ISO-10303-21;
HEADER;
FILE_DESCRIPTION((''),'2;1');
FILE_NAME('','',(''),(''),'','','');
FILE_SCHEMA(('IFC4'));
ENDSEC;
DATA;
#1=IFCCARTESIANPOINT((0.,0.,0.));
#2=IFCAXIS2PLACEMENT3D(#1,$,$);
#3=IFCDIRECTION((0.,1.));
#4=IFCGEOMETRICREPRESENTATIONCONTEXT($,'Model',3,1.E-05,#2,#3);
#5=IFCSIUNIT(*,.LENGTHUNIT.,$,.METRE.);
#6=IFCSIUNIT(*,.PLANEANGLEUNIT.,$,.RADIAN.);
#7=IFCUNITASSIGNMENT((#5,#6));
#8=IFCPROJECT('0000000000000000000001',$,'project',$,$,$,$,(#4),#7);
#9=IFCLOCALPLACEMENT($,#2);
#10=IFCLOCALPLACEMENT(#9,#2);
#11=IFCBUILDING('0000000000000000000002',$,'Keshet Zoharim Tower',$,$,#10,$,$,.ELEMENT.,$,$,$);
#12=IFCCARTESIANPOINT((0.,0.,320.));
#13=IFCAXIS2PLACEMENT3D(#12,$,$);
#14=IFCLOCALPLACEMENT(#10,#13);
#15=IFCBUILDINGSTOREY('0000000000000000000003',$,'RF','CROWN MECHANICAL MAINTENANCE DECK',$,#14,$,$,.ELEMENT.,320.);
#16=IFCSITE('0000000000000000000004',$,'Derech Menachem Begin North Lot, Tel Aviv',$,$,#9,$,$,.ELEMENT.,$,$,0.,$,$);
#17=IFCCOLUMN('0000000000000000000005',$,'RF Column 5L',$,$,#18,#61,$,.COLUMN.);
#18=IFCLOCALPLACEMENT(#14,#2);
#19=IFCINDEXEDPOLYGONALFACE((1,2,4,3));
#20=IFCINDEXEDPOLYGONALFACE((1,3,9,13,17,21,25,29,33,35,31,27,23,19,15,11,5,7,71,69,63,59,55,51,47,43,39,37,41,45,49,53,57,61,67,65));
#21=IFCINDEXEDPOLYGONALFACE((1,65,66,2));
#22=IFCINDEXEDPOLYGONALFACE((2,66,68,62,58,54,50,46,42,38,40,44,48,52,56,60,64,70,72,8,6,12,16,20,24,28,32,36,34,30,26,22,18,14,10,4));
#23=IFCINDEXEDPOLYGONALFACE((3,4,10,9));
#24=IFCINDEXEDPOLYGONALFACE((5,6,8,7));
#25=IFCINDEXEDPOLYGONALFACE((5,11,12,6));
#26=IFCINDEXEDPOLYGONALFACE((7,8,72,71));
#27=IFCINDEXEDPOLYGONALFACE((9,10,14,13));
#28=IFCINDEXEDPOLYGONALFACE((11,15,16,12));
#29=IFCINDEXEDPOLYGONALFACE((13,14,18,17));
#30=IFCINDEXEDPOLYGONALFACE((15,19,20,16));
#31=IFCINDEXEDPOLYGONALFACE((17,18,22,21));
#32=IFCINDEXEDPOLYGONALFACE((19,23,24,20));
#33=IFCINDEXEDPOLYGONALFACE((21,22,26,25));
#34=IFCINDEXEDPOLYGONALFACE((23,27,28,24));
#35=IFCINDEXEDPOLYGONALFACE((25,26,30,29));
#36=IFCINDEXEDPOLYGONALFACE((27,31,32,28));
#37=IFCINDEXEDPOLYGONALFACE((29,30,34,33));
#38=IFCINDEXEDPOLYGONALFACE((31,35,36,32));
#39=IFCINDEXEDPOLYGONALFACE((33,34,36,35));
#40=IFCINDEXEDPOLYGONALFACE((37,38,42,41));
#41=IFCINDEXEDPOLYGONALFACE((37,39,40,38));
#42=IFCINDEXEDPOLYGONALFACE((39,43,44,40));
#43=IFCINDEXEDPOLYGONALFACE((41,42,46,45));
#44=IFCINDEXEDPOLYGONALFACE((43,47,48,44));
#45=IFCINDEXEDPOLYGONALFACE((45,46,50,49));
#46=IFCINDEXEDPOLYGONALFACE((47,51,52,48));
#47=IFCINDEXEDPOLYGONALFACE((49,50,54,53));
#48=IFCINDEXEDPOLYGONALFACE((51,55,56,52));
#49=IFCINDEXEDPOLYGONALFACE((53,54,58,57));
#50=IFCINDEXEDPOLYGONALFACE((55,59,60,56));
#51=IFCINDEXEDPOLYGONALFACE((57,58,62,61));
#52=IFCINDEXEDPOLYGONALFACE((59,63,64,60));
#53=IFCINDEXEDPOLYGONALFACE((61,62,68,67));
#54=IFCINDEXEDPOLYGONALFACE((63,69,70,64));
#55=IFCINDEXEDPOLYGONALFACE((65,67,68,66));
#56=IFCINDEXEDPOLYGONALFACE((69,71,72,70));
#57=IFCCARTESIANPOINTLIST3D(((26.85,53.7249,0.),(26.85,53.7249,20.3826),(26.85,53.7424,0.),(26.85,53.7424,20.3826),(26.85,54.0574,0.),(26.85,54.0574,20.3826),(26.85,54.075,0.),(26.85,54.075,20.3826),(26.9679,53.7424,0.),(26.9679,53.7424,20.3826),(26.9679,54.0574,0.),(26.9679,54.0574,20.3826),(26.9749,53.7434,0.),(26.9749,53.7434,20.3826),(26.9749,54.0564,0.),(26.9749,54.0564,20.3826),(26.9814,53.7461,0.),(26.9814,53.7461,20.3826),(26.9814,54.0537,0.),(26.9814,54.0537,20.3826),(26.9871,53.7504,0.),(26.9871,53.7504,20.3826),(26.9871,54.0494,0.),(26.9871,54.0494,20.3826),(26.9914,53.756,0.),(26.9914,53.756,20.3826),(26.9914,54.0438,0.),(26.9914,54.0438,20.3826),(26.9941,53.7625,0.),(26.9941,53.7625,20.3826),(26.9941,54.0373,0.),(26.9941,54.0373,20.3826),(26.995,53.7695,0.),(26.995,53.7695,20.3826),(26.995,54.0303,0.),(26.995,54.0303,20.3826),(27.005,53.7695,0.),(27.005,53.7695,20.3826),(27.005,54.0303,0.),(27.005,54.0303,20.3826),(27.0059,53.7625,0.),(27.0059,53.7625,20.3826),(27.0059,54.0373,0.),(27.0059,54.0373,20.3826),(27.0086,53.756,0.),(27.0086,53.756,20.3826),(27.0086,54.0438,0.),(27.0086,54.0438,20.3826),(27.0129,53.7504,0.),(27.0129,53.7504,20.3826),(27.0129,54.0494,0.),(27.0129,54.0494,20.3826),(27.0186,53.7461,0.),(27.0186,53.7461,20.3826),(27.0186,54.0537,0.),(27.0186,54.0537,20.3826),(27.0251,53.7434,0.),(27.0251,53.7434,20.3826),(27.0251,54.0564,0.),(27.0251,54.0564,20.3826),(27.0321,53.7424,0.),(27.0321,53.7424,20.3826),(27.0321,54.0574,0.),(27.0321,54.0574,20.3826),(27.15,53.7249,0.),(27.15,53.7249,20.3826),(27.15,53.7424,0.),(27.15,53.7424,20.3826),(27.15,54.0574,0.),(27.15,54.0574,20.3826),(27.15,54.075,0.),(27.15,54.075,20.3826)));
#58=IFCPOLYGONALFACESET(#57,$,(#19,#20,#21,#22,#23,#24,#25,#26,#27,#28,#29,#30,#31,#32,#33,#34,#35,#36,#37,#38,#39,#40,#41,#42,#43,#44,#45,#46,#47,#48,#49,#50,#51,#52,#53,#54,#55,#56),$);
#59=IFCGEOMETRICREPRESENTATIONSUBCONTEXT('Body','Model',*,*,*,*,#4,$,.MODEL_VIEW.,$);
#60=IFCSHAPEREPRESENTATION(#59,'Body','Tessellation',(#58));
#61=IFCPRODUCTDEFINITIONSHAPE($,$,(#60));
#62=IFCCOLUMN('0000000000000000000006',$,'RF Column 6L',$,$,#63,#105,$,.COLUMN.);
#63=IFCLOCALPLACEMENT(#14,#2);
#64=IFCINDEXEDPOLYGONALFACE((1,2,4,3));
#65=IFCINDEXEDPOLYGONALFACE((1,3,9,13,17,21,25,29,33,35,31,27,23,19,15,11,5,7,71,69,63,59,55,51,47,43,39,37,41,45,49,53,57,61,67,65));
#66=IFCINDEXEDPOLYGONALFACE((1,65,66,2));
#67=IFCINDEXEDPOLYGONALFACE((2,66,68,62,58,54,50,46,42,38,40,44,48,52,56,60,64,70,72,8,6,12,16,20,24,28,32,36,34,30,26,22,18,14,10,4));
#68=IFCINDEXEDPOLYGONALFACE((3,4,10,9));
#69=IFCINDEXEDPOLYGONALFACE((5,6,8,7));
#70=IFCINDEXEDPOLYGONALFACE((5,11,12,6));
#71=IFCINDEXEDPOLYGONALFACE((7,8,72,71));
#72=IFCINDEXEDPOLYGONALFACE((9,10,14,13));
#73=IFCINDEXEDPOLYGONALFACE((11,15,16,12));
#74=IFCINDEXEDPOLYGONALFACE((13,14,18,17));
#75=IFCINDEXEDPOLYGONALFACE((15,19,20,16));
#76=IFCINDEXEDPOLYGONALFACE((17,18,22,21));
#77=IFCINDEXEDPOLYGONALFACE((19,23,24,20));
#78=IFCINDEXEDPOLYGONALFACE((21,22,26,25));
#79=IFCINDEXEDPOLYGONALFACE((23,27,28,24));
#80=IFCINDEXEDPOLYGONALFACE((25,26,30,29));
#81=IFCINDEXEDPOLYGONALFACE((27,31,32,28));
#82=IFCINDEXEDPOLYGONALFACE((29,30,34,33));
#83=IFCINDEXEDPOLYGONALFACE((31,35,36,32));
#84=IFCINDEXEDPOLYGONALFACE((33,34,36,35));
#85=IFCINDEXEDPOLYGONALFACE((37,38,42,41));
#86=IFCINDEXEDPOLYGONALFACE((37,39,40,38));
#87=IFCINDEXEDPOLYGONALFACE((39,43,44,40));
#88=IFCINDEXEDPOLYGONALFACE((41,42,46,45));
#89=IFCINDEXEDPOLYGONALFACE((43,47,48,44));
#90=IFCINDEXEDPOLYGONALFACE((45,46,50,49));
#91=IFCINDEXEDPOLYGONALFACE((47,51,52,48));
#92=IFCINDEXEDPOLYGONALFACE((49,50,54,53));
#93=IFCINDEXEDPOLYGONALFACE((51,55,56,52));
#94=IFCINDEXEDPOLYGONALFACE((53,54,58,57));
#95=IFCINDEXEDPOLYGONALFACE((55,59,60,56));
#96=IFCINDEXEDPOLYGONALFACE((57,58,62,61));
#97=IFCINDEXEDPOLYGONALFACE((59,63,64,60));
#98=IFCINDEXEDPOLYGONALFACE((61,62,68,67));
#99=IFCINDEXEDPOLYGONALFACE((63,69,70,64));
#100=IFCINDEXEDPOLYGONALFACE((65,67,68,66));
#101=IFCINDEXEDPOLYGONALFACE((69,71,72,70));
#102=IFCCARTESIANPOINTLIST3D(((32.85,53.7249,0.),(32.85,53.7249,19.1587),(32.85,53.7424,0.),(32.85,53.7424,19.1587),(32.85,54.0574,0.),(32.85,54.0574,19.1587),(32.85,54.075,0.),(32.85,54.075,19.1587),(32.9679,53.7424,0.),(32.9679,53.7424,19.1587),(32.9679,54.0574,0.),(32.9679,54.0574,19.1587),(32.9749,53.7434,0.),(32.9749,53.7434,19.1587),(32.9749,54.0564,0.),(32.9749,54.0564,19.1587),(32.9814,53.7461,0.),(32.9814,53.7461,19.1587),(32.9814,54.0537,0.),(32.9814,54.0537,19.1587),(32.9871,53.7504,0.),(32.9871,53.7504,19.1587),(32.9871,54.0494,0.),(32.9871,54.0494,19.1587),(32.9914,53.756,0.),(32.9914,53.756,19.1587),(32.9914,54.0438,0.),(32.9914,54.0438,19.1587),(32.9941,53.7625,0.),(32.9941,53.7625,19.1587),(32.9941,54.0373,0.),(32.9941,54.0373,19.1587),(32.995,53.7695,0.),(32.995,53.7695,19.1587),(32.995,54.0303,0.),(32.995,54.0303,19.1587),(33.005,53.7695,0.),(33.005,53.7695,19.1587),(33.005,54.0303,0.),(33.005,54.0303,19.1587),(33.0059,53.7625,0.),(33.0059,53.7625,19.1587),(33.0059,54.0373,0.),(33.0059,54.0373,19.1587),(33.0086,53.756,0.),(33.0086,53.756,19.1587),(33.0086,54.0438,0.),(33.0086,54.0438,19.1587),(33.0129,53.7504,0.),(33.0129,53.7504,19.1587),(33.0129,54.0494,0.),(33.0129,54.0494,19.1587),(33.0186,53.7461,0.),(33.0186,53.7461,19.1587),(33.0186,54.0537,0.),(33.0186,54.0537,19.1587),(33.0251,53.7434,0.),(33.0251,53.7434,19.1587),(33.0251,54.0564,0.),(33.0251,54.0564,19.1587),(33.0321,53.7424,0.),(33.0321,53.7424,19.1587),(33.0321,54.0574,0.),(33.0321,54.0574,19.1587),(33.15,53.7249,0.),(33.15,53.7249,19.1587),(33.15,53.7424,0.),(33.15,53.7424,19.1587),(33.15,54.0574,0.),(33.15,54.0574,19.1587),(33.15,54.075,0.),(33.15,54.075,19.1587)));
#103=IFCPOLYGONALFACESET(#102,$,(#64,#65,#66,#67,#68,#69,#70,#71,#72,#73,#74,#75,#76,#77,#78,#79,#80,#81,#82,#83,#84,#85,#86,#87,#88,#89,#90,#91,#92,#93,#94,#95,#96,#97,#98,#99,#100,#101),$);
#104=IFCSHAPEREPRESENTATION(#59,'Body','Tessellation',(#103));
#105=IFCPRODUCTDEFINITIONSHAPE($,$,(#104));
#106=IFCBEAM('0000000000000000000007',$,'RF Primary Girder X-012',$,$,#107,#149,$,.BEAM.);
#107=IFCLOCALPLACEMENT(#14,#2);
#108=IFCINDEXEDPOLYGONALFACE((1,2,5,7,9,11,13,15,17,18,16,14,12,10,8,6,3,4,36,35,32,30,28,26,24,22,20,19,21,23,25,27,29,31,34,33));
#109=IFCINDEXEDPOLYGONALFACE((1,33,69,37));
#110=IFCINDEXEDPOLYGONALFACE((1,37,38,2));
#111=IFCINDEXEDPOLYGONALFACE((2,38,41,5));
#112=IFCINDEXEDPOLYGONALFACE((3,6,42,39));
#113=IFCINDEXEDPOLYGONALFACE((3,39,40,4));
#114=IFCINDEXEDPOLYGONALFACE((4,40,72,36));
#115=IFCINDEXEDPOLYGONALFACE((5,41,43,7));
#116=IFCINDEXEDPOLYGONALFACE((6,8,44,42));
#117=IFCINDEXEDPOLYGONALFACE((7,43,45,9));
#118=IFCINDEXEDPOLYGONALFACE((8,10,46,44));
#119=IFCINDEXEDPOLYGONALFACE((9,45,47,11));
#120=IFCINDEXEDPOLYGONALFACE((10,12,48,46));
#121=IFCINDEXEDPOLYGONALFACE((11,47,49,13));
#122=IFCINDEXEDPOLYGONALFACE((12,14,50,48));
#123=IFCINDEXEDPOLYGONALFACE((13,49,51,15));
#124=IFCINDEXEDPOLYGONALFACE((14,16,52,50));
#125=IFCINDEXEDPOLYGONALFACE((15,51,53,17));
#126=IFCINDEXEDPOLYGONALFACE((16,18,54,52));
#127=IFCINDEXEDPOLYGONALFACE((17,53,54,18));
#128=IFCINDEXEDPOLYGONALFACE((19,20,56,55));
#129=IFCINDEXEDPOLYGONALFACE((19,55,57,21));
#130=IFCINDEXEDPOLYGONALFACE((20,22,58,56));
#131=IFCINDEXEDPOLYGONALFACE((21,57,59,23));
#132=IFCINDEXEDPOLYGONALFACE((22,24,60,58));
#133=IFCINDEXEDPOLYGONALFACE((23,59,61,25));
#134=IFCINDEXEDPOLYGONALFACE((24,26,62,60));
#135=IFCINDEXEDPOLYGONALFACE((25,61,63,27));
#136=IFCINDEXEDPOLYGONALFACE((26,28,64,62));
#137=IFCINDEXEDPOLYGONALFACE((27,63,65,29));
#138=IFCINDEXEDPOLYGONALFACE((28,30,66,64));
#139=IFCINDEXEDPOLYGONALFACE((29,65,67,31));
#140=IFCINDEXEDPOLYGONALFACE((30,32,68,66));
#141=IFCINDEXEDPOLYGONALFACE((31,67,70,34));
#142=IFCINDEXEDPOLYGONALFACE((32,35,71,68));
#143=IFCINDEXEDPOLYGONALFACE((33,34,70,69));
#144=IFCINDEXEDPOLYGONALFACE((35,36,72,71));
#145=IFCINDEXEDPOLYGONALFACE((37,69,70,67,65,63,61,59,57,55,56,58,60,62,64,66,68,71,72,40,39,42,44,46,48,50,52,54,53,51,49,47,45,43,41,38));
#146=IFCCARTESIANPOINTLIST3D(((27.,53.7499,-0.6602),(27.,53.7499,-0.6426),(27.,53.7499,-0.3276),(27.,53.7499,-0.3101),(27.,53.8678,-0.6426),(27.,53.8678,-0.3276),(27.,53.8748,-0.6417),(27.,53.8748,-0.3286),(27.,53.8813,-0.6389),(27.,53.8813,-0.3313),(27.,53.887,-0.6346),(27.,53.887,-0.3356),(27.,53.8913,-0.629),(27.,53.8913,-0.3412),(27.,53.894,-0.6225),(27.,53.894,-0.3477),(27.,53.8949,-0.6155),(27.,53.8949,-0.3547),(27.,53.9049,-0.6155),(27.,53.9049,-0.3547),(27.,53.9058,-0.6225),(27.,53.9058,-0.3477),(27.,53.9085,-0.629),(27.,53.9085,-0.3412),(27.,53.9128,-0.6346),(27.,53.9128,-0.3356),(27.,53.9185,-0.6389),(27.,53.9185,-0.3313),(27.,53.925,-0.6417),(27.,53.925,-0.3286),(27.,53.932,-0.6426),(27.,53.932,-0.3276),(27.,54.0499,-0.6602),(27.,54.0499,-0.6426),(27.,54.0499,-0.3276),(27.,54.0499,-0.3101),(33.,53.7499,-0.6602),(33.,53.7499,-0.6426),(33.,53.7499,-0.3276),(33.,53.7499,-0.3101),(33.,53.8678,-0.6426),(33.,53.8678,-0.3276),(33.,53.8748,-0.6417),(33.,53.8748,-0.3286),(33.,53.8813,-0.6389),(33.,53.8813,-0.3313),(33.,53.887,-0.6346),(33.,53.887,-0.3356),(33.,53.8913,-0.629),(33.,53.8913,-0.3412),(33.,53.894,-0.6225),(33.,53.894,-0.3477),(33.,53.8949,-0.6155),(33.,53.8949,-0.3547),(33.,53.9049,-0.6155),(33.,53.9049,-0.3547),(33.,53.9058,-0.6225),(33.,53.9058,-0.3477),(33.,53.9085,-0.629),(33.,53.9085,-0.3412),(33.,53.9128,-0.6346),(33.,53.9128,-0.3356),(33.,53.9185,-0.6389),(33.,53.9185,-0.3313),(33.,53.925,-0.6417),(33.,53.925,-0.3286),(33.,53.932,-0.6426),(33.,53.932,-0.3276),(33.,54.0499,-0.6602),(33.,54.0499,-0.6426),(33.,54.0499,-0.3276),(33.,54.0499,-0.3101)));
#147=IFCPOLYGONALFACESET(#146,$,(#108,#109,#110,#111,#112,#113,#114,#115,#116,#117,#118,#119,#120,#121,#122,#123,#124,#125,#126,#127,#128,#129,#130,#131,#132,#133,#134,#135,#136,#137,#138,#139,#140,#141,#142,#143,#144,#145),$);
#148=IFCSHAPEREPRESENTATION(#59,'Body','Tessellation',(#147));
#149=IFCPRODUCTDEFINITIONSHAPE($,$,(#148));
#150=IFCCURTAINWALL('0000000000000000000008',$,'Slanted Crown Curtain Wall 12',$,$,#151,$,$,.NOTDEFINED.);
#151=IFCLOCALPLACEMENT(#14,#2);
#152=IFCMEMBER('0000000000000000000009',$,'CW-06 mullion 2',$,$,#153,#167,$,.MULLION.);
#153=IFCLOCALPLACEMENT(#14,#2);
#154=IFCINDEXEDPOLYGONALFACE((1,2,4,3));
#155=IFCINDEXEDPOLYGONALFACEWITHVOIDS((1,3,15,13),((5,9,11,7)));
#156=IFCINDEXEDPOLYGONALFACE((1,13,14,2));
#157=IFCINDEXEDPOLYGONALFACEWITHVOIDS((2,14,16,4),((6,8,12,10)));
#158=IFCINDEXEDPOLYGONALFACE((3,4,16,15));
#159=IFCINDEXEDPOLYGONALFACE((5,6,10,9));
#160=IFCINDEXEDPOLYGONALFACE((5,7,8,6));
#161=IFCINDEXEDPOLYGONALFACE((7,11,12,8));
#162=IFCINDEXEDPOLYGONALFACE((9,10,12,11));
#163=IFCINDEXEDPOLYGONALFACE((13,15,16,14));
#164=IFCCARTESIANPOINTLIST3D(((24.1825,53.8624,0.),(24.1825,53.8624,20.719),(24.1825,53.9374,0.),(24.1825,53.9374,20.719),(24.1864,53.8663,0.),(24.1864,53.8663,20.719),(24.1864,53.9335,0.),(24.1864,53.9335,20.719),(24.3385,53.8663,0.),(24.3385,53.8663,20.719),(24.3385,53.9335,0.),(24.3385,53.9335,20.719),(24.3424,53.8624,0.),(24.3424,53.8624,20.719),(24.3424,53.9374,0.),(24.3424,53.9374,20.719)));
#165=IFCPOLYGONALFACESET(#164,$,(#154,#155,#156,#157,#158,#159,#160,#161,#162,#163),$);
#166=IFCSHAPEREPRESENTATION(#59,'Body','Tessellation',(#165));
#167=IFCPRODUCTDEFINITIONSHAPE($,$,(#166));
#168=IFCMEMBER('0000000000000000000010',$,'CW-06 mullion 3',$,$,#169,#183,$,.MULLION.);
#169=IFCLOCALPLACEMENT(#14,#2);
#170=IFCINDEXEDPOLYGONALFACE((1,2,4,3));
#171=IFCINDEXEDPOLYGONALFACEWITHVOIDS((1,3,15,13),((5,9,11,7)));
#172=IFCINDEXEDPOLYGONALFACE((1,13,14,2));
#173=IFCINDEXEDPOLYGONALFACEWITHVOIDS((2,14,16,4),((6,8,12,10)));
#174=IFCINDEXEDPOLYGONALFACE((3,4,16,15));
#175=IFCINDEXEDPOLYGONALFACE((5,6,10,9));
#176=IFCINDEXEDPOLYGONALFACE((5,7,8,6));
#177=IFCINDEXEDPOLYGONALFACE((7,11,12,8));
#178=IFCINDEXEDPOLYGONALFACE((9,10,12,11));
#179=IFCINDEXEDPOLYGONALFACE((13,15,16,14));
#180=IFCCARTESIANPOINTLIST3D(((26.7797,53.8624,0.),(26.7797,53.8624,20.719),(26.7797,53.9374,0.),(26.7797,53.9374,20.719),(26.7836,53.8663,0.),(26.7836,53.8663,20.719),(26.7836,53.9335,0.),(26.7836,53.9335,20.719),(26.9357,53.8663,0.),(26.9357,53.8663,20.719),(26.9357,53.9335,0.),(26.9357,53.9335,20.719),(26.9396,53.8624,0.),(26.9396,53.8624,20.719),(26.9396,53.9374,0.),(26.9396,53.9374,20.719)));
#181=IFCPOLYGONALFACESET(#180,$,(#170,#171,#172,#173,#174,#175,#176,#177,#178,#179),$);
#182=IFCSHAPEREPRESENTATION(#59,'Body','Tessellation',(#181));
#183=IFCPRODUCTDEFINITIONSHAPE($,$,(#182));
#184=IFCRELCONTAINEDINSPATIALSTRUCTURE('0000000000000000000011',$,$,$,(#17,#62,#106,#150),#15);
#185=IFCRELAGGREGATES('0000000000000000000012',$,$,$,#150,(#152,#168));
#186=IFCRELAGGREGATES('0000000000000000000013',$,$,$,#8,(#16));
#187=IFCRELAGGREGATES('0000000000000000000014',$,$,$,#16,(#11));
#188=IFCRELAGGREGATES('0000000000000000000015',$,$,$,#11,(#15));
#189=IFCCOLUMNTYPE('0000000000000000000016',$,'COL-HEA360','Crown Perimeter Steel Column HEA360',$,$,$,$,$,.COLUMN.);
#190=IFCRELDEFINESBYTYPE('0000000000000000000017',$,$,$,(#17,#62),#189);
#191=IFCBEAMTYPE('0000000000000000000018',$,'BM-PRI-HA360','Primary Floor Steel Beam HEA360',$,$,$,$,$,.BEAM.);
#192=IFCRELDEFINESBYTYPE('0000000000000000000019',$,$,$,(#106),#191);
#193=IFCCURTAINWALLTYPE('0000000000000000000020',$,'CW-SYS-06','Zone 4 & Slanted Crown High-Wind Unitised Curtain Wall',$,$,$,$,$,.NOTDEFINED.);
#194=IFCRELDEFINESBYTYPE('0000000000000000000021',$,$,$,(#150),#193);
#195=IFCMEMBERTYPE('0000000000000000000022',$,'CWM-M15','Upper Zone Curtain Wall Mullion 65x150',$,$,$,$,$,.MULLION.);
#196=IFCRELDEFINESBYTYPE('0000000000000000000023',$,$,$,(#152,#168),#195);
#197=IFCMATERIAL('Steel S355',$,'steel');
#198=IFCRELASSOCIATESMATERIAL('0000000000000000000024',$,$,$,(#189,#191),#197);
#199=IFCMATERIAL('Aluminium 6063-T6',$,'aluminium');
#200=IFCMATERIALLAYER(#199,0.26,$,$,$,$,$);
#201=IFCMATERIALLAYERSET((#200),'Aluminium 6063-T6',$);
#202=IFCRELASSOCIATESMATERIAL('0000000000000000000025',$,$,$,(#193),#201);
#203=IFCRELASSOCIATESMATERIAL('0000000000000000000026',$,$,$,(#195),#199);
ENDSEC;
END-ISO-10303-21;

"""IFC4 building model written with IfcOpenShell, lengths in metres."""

from ifc_helpers import new_model, si_unit, direction, frame, origin, origin_2d, place, context, subcontext, project, spatial, hollow_rectangle, i_section, extrude, material, layer, layer_set, material_profile, profile_set, type_object, element, aggregate, save


model = new_model("IFC4")

# Units and contexts
model_context = context("Model", 3, precision=1e-05, world=origin(), true_north=direction((0.0, 1.0)))
body_context = subcontext(model_context, "Body", "Model", "MODEL_VIEW")
ifc_project = project(units=[si_unit("LENGTHUNIT", "METRE"), si_unit("PLANEANGLEUNIT", "RADIAN")], contexts=[model_context])

# Site, building, storey
site_placement = place(None, origin())
site = spatial("IfcSite", under=ifc_project, at=site_placement, Name="Derech Menachem Begin North Lot, Tel Aviv", CompositionType="ELEMENT", RefElevation=0.0)
building_placement = place(site_placement, origin())
building = spatial("IfcBuilding", under=site, at=building_placement, Name="Keshet Zoharim Tower", CompositionType="ELEMENT")
storey_placement = place(building_placement, frame((0.0, 0.0, 320.0)))
storey = spatial("IfcBuildingStorey", under=building, at=storey_placement, Name="RF", Description="CROWN MECHANICAL MAINTENANCE DECK", CompositionType="ELEMENT", Elevation=320.0)

# Columns
ifc_material_1 = material(Name="Steel S355", Category="steel")
ifc_material_profile_1 = material_profile(ifc_material_1, i_section(OverallWidth=0.3, OverallDepth=0.3501, WebThickness=0.01, FlangeThickness=0.0176, FilletRadius=0.0271, at=origin_2d()), Name="HEA360")
ifc_profile_set_1 = profile_set([ifc_material_profile_1], Name="Steel S355")
column_type = type_object("IfcColumnType", Name="COL-HEA360", Description="Crown Perimeter Steel Column HEA360", PredefinedType="COLUMN", material=ifc_profile_set_1)
column_1_placement = place(storey_placement, frame((27.0, 53.8999, 0.0), z_axis=(0.0, 0.0, 1.0), x_axis=(1.0, 0.0, 0.0)))
element("IfcColumn", 1, at=column_1_placement, inside=storey, type_object=column_type, Name="RF Column 5L", PredefinedType="COLUMN", context=body_context, shape_type="SweptSolid", body=[
    extrude(i_section(OverallWidth=0.3, OverallDepth=0.3501, WebThickness=0.01, FlangeThickness=0.0176, FilletRadius=0.0271, at=origin_2d()), origin(), (0.0, 0.0, 1.0), 20.3826),
])
column_2_placement = place(storey_placement, frame((33.0, 53.8999, 0.0), z_axis=(0.0, 0.0, 1.0), x_axis=(1.0, 0.0, 0.0)))
element("IfcColumn", 2, at=column_2_placement, inside=storey, type_object=column_type, Name="RF Column 6L", PredefinedType="COLUMN", context=body_context, shape_type="SweptSolid", body=[
    extrude(i_section(OverallWidth=0.3, OverallDepth=0.3501, WebThickness=0.01, FlangeThickness=0.0176, FilletRadius=0.0271, at=origin_2d()), origin(), (0.0, 0.0, 1.0), 19.1587),
])

# Beam
ifc_material_profile_2 = material_profile(ifc_material_1, i_section(OverallWidth=0.3, OverallDepth=0.3501, WebThickness=0.01, FlangeThickness=0.0176, FilletRadius=0.0271, at=origin_2d()), Name="HEA360")
ifc_profile_set_2 = profile_set([ifc_material_profile_2], Name="Steel S355")
beam_type = type_object("IfcBeamType", Name="BM-PRI-HA360", Description="Primary Floor Steel Beam HEA360", PredefinedType="BEAM", material=ifc_profile_set_2)
beam_placement = place(storey_placement, frame((27.0, 53.8999, -0.4851), z_axis=(1.0, 0.0, 0.0), x_axis=(0.0, 1.0, 0.0)))
element("IfcBeam", 3, at=beam_placement, inside=storey, type_object=beam_type, Name="RF Primary Girder X-012", PredefinedType="BEAM", context=body_context, shape_type="SweptSolid", body=[
    extrude(i_section(OverallWidth=0.3, OverallDepth=0.3501, WebThickness=0.01, FlangeThickness=0.0176, FilletRadius=0.0271, at=origin_2d()), origin(), (0.0, 0.0, 1.0), 6.0),
])

# Curtain wall, members
ifc_material_2 = material(Name="Aluminium 6063-T6", Category="aluminium")
ifc_layer_1 = layer(ifc_material_2, 0.26)
ifc_layer_set_1 = layer_set([ifc_layer_1], Name="Aluminium 6063-T6")
curtain_wall_type = type_object("IfcCurtainWallType", Name="CW-SYS-06", Description="Zone 4 & Slanted Crown High-Wind Unitised Curtain Wall", PredefinedType="NOTDEFINED", material=ifc_layer_set_1)
curtain_wall_1_placement = place(storey_placement, origin())
curtain_wall_1 = element("IfcCurtainWall", 4, at=curtain_wall_1_placement, inside=storey, type_object=curtain_wall_type, Name="Slanted Crown Curtain Wall 12", PredefinedType="NOTDEFINED")
ifc_material_profile_3 = material_profile(ifc_material_2, hollow_rectangle(XDim=0.075, YDim=0.1599, WallThickness=0.0039, at=origin_2d()), Name="MUL-75x160")
ifc_profile_set_3 = profile_set([ifc_material_profile_3], Name="Aluminium 6063-T6")
member_type_1 = type_object("IfcMemberType", Name="CWM-M15", Description="Upper Zone Curtain Wall Mullion 65x150", PredefinedType="MULLION", material=ifc_profile_set_3)
member_1_placement = place(storey_placement, frame((24.2625, 53.8999, 0.0), z_axis=(0.0, 0.0, 1.0), x_axis=(0.0, 1.0, 0.0)))
member_1 = element("IfcMember", 5, at=member_1_placement, type_object=member_type_1, Name="CW-06 mullion 2", PredefinedType="MULLION", context=body_context, shape_type="SweptSolid", body=[
    extrude(hollow_rectangle(XDim=0.075, YDim=0.1599, WallThickness=0.0039, at=origin_2d()), origin(), (0.0, 0.0, 1.0), 20.719),
])
member_2_placement = place(storey_placement, frame((26.8596, 53.8999, 0.0), z_axis=(0.0, 0.0, 1.0), x_axis=(0.0, 1.0, 0.0)))
member_2 = element("IfcMember", 6, at=member_2_placement, type_object=member_type_1, Name="CW-06 mullion 3", PredefinedType="MULLION", context=body_context, shape_type="SweptSolid", body=[
    extrude(hollow_rectangle(XDim=0.075, YDim=0.1599, WallThickness=0.0039, at=origin_2d()), origin(), (0.0, 0.0, 1.0), 20.719),
])

aggregate(curtain_wall_1, [member_1, member_2])

save(model, "model.ifc")
